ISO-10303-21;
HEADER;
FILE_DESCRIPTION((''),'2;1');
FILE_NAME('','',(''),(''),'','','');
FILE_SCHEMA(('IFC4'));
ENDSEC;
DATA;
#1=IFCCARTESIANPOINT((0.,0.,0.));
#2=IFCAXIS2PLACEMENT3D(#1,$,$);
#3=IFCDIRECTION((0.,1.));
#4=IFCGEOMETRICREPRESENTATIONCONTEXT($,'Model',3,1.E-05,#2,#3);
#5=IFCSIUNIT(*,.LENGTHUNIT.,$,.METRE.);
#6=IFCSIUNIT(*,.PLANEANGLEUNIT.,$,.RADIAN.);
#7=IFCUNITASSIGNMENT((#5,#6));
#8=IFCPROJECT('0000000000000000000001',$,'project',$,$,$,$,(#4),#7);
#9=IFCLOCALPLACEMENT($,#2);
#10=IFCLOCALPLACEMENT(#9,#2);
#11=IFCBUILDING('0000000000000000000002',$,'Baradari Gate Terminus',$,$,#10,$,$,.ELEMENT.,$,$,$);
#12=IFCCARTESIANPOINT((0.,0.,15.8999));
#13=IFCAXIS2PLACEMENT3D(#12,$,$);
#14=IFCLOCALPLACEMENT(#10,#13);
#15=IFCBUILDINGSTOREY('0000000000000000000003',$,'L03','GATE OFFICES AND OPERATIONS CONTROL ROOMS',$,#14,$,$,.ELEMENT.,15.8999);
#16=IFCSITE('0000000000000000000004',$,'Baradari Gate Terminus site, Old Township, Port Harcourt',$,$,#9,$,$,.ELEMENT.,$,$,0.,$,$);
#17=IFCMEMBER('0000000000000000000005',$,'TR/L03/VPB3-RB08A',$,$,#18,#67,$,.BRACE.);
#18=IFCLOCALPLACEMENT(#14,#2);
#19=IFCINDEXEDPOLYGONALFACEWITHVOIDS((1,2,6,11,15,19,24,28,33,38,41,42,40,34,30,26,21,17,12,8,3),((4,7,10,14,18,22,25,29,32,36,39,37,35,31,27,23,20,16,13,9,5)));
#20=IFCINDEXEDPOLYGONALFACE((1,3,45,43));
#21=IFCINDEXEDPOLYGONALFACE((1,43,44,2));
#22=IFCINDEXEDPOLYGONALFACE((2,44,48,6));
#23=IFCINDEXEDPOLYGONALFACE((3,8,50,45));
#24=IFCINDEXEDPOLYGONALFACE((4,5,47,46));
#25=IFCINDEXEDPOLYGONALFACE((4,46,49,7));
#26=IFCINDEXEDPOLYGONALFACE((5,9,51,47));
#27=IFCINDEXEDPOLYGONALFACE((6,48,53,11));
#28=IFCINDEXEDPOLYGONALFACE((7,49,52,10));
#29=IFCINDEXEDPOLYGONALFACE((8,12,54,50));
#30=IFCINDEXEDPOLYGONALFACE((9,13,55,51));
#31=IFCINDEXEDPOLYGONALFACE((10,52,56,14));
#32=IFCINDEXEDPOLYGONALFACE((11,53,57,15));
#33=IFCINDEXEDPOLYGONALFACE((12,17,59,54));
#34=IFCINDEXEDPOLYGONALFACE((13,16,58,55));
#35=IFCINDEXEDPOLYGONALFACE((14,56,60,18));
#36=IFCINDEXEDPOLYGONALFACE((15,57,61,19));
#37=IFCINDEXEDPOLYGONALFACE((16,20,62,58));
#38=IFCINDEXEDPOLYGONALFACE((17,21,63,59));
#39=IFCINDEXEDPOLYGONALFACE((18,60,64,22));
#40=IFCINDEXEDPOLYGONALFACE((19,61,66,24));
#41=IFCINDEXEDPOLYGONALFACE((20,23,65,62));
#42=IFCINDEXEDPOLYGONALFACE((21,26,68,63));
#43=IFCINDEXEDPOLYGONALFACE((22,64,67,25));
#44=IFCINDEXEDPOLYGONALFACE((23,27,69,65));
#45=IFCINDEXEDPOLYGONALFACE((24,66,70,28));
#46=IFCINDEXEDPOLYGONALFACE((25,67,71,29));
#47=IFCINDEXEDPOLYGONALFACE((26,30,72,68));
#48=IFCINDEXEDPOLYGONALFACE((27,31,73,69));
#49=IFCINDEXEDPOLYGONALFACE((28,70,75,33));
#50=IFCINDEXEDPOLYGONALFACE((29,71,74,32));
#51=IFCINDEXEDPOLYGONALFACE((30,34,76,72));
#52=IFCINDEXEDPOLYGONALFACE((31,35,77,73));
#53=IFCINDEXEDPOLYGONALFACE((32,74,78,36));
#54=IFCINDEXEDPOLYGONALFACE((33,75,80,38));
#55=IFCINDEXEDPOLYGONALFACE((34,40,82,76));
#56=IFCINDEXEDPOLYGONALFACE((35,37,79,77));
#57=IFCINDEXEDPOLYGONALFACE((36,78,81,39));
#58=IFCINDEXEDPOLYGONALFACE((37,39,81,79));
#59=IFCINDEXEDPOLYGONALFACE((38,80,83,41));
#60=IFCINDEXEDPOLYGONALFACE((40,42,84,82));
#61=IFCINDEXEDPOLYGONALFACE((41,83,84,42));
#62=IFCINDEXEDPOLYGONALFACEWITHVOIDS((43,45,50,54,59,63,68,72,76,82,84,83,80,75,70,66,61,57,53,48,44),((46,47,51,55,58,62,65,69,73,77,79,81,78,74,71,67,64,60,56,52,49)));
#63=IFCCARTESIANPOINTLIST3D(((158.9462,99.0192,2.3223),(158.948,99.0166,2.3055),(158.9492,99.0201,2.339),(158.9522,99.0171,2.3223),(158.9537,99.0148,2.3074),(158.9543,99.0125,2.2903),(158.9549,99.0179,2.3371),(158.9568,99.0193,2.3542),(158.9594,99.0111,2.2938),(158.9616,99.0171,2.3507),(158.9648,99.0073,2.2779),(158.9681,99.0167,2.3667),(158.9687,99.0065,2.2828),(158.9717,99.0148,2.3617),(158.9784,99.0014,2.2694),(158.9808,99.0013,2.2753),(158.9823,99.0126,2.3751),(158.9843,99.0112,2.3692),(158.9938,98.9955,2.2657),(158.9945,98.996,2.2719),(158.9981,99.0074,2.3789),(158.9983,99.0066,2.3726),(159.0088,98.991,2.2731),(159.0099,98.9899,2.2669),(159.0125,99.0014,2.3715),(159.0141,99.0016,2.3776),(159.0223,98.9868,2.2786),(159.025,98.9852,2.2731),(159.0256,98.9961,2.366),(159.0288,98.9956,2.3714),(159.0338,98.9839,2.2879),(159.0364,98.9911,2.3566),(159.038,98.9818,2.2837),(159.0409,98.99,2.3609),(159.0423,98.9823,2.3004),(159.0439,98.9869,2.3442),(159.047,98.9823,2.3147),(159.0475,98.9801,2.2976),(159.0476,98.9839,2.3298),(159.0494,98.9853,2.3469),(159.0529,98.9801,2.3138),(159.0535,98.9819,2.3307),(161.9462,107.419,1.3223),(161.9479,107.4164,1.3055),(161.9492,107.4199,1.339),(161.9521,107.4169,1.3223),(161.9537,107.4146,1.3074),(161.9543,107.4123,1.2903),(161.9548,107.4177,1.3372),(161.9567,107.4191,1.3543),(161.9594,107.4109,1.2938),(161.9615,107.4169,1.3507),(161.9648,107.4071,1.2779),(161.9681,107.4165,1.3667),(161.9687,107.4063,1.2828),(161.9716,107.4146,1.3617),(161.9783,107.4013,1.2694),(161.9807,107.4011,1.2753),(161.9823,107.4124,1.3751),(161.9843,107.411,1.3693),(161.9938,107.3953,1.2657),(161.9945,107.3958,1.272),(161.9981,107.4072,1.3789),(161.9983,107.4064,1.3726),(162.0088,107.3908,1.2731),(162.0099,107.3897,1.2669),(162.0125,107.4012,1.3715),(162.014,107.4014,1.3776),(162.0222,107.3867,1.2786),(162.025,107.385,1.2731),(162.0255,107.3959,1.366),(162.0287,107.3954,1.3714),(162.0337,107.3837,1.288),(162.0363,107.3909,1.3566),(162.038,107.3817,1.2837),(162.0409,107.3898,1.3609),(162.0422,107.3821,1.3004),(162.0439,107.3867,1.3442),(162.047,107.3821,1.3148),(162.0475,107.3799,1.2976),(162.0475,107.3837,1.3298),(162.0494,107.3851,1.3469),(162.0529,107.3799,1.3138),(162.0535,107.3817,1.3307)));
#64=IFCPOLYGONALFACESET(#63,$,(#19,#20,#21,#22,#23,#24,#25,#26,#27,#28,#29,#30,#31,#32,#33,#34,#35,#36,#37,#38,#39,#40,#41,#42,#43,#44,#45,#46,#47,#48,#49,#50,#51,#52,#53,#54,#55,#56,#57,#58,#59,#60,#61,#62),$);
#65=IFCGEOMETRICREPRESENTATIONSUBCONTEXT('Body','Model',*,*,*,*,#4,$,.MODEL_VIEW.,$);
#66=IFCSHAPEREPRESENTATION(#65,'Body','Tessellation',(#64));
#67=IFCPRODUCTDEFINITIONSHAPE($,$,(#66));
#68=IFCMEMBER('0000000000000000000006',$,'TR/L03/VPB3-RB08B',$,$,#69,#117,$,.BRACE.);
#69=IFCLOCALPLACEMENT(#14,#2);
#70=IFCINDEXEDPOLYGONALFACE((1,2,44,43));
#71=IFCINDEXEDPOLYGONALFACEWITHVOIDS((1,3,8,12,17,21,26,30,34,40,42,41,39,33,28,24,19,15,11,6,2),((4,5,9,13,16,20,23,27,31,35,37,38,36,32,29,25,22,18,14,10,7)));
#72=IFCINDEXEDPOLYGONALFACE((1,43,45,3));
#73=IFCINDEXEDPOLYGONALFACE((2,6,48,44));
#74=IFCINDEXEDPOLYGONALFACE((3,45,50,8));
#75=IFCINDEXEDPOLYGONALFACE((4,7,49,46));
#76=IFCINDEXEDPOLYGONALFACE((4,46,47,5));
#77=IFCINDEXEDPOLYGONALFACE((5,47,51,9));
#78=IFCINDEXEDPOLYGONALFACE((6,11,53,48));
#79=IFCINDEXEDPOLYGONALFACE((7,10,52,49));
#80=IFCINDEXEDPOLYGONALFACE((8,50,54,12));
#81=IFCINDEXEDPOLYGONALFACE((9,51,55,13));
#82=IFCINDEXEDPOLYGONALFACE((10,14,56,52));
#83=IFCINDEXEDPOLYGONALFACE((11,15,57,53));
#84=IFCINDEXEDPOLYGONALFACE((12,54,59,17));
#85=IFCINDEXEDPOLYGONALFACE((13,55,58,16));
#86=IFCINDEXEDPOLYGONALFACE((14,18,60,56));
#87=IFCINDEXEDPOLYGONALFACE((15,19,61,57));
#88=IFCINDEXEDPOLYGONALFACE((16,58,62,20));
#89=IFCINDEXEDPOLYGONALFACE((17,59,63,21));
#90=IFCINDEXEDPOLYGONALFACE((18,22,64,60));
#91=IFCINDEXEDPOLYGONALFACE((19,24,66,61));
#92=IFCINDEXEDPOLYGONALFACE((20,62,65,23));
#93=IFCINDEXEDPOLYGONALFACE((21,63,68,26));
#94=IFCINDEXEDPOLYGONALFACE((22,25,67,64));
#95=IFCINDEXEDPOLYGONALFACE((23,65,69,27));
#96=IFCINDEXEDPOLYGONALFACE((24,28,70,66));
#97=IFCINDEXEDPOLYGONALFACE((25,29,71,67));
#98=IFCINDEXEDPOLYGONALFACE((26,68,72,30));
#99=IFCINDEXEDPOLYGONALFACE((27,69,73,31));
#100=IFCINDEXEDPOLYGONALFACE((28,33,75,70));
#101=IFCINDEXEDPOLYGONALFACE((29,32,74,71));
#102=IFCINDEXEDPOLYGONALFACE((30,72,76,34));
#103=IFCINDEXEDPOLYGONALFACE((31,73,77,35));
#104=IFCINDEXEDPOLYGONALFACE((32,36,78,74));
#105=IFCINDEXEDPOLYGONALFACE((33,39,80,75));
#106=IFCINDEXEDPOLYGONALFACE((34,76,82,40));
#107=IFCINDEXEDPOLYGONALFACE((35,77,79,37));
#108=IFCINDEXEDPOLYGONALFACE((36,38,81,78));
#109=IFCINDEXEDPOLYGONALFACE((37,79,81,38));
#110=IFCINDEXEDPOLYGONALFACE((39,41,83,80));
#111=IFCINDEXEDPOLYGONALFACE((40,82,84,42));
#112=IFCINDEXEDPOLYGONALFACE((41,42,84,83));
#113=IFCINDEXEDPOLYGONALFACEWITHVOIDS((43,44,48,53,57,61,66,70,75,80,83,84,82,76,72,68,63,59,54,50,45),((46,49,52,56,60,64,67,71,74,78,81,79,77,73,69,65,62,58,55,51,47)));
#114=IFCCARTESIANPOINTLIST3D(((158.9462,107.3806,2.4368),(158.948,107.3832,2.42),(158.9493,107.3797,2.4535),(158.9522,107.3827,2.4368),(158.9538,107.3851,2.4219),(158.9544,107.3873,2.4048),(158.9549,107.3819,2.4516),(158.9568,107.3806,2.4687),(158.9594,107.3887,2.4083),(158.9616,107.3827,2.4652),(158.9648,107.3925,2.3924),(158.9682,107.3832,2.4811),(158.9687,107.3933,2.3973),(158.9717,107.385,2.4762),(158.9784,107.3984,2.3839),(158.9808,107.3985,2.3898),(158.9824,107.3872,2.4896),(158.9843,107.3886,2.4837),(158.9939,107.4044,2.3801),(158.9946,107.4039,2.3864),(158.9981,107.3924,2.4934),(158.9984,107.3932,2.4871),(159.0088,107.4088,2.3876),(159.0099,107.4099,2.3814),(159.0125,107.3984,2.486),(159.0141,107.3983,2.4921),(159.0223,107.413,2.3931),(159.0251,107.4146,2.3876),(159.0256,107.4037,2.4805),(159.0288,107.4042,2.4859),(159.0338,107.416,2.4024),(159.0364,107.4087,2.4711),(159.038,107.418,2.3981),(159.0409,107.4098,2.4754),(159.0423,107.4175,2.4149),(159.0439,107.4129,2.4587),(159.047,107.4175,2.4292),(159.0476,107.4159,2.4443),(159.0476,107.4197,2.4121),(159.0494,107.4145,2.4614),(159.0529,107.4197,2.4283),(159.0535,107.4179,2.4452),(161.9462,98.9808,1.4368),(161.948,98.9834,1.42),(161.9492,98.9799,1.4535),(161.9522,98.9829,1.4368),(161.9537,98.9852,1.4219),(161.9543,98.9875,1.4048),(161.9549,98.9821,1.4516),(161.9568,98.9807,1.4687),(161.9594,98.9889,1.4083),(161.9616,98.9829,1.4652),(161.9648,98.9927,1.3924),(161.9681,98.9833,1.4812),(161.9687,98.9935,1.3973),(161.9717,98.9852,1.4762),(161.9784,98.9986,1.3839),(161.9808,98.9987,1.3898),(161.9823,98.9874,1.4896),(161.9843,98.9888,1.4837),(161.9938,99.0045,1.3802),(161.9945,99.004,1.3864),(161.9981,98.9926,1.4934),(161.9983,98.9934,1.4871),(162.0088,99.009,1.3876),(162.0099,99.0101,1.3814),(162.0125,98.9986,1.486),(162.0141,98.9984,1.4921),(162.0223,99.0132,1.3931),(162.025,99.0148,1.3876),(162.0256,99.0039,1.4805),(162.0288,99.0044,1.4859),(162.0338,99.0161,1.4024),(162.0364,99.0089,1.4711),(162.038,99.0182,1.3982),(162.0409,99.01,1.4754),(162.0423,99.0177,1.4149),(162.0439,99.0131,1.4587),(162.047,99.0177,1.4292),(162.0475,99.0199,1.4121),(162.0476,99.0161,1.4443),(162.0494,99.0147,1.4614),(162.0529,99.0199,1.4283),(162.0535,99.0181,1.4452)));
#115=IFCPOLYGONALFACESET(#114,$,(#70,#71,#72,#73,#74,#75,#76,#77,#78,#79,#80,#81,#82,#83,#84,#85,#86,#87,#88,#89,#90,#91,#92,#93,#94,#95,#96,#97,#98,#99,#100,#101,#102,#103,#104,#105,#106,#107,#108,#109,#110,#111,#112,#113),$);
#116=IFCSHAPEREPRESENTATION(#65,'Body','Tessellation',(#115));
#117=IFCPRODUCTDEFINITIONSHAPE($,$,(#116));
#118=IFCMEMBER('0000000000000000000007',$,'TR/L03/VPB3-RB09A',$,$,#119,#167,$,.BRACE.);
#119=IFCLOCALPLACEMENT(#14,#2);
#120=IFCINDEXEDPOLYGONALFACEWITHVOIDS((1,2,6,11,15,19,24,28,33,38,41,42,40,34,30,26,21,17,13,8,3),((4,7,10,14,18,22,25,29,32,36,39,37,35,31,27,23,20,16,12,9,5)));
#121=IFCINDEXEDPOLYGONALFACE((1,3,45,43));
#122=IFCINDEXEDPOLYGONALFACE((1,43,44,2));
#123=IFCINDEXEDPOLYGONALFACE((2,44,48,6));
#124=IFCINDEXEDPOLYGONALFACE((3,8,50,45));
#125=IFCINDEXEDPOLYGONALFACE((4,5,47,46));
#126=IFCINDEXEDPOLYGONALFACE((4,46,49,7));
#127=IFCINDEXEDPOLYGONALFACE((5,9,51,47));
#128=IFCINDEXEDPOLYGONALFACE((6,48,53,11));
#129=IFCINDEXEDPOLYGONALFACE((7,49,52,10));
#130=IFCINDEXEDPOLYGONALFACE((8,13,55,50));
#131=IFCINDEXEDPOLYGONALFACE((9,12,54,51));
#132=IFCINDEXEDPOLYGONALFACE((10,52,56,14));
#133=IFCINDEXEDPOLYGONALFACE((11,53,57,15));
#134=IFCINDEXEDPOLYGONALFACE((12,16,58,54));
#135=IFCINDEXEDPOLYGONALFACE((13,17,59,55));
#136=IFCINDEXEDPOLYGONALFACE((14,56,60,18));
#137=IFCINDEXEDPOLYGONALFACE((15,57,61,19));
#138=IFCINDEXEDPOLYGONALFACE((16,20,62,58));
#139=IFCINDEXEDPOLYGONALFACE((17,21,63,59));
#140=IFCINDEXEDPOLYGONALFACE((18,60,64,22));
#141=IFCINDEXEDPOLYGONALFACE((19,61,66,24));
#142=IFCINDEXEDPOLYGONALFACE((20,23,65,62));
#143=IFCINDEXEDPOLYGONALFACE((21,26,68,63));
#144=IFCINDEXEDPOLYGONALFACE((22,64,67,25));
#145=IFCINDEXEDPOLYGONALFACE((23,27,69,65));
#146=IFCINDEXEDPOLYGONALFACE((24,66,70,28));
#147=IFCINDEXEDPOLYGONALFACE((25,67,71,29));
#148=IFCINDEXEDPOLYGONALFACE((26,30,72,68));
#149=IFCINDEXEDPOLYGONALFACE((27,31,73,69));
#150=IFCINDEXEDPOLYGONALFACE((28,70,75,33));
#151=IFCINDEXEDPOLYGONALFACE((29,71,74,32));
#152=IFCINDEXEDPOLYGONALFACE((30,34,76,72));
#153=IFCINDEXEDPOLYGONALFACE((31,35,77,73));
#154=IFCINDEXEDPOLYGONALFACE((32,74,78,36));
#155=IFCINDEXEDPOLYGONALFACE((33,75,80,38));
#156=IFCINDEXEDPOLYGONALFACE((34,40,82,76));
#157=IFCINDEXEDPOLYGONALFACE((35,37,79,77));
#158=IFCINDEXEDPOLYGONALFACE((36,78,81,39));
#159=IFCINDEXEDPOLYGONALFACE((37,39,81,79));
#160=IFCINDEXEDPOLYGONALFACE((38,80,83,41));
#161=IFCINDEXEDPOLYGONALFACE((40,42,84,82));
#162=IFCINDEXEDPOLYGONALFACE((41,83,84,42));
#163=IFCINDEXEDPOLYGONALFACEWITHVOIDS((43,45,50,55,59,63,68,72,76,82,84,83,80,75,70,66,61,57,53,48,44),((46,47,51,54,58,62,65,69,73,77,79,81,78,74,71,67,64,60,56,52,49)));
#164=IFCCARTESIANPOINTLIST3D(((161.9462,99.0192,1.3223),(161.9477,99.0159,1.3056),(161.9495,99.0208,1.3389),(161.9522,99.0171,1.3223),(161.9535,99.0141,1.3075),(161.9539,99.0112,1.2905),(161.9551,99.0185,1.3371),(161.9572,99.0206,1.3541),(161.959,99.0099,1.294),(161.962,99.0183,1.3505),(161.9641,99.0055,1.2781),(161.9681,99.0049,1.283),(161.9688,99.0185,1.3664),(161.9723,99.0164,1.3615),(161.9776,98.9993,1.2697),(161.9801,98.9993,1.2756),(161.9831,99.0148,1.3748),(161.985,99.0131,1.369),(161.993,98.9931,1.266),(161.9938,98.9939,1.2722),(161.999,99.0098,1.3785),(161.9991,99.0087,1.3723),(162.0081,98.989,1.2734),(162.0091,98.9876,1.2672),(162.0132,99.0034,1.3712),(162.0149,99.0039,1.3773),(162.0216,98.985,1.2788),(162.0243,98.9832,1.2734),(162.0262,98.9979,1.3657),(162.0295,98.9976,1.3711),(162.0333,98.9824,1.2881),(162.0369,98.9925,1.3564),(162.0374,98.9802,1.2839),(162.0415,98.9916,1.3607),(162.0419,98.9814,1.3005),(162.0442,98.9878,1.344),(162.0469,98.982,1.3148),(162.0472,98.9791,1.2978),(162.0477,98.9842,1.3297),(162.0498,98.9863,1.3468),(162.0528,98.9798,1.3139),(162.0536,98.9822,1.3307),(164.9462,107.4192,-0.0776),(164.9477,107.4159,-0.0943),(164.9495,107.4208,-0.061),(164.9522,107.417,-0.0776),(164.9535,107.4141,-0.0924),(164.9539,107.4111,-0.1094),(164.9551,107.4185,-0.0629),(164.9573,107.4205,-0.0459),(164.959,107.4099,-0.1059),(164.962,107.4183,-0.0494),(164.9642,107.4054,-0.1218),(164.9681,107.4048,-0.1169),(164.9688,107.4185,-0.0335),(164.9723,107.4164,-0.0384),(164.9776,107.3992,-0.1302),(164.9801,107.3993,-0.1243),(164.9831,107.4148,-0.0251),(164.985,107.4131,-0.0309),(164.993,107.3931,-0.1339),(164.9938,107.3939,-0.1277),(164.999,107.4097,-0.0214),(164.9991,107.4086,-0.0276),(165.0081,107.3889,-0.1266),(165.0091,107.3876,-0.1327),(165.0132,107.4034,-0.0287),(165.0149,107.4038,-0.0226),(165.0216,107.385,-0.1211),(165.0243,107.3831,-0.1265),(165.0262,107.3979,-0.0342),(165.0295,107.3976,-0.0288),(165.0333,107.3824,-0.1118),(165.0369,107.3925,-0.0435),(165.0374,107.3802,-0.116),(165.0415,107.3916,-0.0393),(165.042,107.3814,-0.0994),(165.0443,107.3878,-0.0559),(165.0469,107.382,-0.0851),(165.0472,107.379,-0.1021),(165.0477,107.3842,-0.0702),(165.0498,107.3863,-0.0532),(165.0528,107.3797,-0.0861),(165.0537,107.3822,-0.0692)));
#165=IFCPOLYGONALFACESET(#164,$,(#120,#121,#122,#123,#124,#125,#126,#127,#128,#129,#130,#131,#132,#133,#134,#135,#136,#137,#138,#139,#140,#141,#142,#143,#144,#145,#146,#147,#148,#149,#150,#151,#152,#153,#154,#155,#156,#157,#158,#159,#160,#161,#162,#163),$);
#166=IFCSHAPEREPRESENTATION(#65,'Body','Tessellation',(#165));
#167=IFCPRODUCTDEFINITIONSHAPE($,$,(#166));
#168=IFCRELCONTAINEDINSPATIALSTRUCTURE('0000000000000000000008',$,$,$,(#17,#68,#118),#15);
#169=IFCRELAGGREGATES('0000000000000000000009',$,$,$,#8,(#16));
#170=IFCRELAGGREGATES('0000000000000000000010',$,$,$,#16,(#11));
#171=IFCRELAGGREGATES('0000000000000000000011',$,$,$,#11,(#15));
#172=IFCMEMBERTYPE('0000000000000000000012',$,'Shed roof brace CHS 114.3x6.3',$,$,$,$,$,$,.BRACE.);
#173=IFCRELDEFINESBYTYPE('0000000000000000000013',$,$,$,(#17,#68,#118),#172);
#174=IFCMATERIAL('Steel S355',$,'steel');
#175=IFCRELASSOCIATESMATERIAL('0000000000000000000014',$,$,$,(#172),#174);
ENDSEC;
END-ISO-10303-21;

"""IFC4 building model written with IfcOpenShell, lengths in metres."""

from ifc_helpers import new_model, si_unit, direction, frame, origin, origin_2d, place, context, subcontext, project, spatial, hollow_circle, extrude, material, material_profile, profile_set, type_object, element, save


model = new_model("IFC4")

# Units and contexts
model_context = context("Model", 3, precision=1e-05, world=origin(), true_north=direction((0.0, 1.0)))
body_context = subcontext(model_context, "Body", "Model", "MODEL_VIEW")
ifc_project = project(units=[si_unit("LENGTHUNIT", "METRE"), si_unit("PLANEANGLEUNIT", "RADIAN")], contexts=[model_context])

# Site, building, storey
site_placement = place(None, origin())
site = spatial("IfcSite", under=ifc_project, at=site_placement, Name="Baradari Gate Terminus site, Old Township, Port Harcourt", CompositionType="ELEMENT", RefElevation=0.0)
building_placement = place(site_placement, origin())
building = spatial("IfcBuilding", under=site, at=building_placement, Name="Baradari Gate Terminus", CompositionType="ELEMENT")
storey_placement = place(building_placement, frame((0.0, 0.0, 15.8999)))
storey = spatial("IfcBuildingStorey", under=building, at=storey_placement, Name="L03", Description="GATE OFFICES AND OPERATIONS CONTROL ROOMS", CompositionType="ELEMENT", Elevation=15.8999)

# Members
ifc_material_1 = material(Name="Steel S355", Category="steel")
ifc_material_profile_1 = material_profile(ifc_material_1, hollow_circle(Radius=0.0571, WallThickness=0.0063, at=origin_2d()), Name="CHS 114.3x6.3")
ifc_profile_set_1 = profile_set([ifc_material_profile_1], Name="Steel S355")
member_type_1 = type_object("IfcMemberType", Name="Shed roof brace CHS 114.3x6.3", PredefinedType="BRACE", material=ifc_profile_set_1)
for number, where, z_axis, x_axis, name in (
    (1, (159.0, 99.0, 2.3223), (0.334246, 0.935877, -0.111415), (-0.941741, 0.33634, 0.0), "TR/L03/VPB3-RB08A"),
    (2, (162.0, 99.0, 1.4368), (-0.334246, 0.935877, 0.111415), (-0.941741, -0.33634, 0.0), "TR/L03/VPB3-RB08B"),
):
    element("IfcMember", number, at=place(storey_placement, frame(where, z_axis=z_axis, x_axis=x_axis)), inside=storey, type_object=member_type_1, Name=name, PredefinedType="BRACE", context=body_context, shape_type="SweptSolid", body=[
        extrude(hollow_circle(Radius=0.0571, WallThickness=0.0063, at=origin_2d()), origin(), (0.0, 0.0, 1.0), 8.9753),
    ])
for number, where, z_axis, x_axis, name in (
    (3, (162.0, 99.0, 1.3223), (0.332272, 0.930352, -0.15505), (-0.941741, 0.33634, 0.0), "TR/L03/VPB3-RB09A"),
):
    element("IfcMember", number, at=place(storey_placement, frame(where, z_axis=z_axis, x_axis=x_axis)), inside=storey, type_object=member_type_1, Name=name, PredefinedType="BRACE", context=body_context, shape_type="SweptSolid", body=[
        extrude(hollow_circle(Radius=0.0571, WallThickness=0.0063, at=origin_2d()), origin(), (0.0, 0.0, 1.0), 9.0288),
    ])

save(model, "model.ifc")
